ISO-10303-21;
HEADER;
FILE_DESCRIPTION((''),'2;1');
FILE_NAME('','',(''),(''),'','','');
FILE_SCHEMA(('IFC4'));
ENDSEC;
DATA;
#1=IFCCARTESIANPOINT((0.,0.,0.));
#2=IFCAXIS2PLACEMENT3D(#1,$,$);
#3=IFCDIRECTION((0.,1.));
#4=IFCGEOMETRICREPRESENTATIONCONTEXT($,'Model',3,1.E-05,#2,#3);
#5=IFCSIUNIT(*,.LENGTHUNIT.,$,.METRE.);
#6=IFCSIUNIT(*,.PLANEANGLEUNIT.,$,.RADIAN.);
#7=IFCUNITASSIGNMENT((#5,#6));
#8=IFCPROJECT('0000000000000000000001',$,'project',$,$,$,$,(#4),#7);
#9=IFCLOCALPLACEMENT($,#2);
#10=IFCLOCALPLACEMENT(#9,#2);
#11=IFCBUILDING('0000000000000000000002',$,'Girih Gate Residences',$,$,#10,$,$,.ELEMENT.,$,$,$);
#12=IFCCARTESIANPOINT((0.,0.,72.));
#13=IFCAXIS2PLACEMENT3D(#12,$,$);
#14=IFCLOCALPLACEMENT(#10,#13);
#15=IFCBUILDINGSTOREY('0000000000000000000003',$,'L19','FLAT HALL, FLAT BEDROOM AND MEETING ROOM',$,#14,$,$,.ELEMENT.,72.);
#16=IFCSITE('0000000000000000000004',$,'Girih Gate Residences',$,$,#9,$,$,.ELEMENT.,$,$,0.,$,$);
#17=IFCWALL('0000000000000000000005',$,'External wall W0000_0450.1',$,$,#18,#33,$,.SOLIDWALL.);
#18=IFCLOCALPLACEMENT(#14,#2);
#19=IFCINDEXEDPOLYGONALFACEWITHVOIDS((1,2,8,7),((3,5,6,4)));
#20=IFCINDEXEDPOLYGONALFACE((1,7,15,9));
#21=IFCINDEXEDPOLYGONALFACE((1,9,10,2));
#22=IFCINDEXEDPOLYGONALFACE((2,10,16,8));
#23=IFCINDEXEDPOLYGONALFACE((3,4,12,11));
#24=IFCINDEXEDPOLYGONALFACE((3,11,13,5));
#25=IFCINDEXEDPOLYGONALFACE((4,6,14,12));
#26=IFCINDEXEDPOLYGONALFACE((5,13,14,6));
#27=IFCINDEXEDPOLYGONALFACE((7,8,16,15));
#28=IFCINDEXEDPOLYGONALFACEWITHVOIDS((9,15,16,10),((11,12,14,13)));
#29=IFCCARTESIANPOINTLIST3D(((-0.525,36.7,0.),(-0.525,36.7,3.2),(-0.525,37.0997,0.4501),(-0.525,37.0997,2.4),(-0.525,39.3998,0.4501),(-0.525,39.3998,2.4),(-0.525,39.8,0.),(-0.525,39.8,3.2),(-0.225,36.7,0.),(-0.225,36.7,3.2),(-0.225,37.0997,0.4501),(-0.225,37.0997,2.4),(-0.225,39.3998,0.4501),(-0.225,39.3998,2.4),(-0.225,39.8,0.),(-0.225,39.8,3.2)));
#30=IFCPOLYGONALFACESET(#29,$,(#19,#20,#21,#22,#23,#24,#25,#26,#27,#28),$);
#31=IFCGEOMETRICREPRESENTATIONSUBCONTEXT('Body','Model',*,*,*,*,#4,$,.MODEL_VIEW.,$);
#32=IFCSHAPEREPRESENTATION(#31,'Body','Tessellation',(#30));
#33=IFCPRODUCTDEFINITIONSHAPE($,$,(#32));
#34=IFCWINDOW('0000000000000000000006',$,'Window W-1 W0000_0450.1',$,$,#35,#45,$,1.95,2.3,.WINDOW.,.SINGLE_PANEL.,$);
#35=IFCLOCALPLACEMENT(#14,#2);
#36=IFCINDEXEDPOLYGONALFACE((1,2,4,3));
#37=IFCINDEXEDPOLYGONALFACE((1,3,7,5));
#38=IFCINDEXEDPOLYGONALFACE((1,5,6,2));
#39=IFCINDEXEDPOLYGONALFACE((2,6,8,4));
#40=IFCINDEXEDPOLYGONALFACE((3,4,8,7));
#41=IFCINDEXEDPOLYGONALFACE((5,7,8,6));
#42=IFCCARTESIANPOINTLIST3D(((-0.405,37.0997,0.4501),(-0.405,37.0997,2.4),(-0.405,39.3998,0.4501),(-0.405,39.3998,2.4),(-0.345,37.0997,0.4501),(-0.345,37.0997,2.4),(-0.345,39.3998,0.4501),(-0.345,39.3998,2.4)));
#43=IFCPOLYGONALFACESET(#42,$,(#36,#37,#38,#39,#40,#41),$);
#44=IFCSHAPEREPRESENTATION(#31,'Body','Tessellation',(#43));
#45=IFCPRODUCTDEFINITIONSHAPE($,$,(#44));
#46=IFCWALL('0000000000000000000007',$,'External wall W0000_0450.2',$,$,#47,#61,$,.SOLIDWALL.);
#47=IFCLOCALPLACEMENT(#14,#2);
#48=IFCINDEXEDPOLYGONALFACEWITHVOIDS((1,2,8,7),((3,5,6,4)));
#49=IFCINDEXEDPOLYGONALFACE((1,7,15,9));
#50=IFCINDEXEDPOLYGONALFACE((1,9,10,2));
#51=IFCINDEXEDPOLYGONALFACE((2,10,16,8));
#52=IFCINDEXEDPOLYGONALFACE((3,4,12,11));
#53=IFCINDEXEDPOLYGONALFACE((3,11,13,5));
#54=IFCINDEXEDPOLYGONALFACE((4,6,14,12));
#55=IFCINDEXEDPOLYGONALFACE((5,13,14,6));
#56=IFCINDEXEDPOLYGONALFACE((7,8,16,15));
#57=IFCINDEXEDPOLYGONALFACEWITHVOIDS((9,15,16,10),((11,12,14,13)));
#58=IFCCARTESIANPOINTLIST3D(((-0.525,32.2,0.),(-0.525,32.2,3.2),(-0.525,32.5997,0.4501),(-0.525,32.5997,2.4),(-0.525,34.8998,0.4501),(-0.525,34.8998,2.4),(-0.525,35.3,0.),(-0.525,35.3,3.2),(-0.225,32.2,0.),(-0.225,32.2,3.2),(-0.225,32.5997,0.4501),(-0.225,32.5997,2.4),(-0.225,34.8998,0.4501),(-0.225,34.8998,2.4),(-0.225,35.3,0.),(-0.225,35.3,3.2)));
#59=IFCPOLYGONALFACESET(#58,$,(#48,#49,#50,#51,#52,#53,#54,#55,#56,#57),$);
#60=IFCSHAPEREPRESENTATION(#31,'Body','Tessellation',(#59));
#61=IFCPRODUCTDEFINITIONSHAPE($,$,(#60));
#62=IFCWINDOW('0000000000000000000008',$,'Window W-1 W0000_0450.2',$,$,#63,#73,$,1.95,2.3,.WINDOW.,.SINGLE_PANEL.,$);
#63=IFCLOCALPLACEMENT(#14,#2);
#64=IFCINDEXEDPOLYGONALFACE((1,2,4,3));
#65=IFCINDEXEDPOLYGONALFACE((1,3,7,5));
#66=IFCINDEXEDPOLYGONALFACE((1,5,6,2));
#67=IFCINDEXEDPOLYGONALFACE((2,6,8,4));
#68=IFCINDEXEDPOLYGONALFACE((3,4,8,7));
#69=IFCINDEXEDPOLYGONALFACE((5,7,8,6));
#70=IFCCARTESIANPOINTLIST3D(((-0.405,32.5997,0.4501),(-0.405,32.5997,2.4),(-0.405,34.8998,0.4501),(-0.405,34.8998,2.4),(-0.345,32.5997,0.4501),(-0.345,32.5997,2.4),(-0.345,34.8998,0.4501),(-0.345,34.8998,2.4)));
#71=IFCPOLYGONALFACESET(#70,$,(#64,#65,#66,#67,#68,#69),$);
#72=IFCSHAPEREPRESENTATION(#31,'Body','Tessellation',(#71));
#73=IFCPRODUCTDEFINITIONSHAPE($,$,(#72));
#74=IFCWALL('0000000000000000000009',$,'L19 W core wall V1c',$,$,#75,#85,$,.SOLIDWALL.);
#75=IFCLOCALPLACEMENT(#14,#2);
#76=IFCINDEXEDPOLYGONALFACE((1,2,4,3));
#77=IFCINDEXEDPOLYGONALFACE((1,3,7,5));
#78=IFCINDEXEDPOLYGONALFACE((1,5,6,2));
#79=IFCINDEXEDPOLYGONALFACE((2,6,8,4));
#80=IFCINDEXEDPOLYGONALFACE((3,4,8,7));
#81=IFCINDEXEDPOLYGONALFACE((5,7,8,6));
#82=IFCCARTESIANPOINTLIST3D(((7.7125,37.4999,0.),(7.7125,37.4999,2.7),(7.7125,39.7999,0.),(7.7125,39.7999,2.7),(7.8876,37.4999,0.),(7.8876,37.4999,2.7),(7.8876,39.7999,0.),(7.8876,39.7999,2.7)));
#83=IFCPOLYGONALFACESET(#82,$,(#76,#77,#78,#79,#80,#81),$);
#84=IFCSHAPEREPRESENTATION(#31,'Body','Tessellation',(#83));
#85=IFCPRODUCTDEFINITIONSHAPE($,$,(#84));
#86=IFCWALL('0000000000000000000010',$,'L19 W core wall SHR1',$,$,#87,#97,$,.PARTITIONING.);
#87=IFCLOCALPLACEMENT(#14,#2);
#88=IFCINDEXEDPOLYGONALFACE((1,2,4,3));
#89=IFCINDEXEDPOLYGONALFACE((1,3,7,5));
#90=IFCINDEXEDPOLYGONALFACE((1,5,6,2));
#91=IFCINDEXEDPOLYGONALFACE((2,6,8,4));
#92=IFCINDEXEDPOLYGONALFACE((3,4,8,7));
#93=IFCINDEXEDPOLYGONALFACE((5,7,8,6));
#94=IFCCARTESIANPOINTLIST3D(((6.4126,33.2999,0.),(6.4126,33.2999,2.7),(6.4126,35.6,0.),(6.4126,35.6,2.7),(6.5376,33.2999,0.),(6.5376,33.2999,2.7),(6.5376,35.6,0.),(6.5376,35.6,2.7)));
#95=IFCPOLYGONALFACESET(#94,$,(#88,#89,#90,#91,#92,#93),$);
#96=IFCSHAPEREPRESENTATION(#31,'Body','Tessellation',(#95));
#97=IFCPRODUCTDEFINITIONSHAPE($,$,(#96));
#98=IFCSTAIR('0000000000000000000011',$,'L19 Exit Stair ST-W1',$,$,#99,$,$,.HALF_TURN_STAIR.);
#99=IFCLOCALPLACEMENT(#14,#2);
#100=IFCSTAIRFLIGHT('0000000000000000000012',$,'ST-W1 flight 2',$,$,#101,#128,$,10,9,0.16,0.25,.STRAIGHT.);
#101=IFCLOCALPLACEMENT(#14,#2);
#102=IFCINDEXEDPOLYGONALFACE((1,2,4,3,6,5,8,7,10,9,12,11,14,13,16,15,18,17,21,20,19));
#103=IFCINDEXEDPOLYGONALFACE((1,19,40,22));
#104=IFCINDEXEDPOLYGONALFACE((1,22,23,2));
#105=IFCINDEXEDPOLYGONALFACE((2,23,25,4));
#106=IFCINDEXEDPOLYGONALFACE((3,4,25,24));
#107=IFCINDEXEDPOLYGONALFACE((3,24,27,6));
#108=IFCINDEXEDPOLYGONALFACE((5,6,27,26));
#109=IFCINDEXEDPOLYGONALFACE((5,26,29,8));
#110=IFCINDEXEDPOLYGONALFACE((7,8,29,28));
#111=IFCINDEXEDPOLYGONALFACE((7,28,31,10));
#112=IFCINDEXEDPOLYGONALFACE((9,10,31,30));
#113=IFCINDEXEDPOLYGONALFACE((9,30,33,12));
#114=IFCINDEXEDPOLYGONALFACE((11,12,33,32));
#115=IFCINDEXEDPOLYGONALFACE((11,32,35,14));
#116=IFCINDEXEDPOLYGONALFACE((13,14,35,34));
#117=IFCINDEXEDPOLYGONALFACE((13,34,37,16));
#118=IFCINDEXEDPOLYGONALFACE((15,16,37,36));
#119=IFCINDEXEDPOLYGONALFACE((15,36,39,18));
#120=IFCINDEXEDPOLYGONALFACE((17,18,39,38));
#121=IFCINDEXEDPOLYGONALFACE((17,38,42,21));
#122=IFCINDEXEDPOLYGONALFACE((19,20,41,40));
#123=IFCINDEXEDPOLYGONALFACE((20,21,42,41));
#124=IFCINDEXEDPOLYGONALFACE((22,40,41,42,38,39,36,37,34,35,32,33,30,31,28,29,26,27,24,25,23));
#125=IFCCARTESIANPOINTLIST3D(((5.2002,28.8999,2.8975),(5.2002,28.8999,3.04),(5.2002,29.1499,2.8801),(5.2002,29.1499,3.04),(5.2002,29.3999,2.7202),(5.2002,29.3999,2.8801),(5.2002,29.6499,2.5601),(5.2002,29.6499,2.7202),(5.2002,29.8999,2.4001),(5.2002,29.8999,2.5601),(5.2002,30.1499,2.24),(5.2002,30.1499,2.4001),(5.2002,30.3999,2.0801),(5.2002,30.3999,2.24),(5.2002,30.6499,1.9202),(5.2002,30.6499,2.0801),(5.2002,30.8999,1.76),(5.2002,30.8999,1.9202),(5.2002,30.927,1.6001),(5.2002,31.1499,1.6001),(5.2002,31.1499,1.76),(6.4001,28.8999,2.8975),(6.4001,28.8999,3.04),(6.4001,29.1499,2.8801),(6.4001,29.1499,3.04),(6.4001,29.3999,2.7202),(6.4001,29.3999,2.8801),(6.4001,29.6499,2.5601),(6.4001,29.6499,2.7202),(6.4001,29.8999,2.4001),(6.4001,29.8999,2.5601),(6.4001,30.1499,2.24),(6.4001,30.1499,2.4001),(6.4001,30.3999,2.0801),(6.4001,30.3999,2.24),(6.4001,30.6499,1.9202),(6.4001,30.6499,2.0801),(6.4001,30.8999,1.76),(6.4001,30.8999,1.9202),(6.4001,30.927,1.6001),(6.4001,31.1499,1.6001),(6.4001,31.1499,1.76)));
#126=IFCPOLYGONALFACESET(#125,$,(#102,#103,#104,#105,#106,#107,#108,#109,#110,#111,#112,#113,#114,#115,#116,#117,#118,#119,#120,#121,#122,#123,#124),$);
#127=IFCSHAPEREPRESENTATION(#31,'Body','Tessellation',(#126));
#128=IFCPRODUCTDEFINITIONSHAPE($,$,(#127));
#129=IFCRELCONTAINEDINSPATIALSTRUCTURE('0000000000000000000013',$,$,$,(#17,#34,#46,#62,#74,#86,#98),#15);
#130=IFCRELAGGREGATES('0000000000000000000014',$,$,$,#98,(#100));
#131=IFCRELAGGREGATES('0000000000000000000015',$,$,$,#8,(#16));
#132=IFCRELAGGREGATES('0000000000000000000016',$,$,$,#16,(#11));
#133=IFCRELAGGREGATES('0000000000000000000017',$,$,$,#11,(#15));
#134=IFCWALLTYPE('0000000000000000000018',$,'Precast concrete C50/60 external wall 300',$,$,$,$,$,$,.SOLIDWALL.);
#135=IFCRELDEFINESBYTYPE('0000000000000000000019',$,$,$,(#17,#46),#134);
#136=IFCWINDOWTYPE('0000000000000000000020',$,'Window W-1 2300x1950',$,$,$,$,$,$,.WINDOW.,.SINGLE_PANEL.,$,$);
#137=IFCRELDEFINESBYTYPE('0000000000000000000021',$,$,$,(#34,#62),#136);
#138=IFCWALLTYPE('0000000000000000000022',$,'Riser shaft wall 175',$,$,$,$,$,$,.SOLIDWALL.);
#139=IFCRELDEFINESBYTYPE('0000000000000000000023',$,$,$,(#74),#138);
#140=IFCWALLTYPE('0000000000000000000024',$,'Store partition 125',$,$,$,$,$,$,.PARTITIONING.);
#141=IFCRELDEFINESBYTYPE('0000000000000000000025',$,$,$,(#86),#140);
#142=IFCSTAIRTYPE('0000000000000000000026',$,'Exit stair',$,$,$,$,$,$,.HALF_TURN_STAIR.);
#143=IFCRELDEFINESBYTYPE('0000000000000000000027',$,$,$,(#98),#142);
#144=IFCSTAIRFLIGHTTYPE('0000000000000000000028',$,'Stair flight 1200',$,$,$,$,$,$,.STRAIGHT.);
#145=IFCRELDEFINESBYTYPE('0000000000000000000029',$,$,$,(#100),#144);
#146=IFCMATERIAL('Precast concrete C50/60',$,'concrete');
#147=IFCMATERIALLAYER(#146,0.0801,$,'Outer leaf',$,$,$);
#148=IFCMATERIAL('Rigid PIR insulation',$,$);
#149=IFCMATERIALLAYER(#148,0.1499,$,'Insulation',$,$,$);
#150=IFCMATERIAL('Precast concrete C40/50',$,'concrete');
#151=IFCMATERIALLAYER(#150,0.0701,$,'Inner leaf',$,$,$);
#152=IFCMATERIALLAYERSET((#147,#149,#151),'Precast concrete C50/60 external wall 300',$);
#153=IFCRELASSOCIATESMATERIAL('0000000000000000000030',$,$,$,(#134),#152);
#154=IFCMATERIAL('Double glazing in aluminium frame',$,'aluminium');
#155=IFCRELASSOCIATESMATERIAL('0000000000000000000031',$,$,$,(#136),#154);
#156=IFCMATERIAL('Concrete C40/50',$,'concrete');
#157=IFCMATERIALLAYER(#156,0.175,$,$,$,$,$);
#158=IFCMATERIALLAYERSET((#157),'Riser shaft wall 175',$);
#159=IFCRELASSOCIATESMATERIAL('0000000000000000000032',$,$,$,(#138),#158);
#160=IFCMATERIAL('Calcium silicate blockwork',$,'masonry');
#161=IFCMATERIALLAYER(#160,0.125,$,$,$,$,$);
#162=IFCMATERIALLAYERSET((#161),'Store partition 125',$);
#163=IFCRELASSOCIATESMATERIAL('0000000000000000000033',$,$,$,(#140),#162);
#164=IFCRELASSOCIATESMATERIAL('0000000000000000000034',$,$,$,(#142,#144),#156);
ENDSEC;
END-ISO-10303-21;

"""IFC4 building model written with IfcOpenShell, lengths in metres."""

from ifc_helpers import new_model, si_unit, direction, frame, frame_2d, origin, place, context, subcontext, project, spatial, polyline, rectangle, outline, extrude, material, layer, layer_set, type_object, element, fill, aggregate, save


model = new_model("IFC4")

# Units and contexts
model_context = context("Model", 3, precision=1e-05, world=origin(), true_north=direction((0.0, 1.0)))
body_context = subcontext(model_context, "Body", "Model", "MODEL_VIEW")
ifc_project = project(units=[si_unit("LENGTHUNIT", "METRE"), si_unit("PLANEANGLEUNIT", "RADIAN")], contexts=[model_context])

# Site, building, storey
site_placement = place(None, origin())
site = spatial("IfcSite", under=ifc_project, at=site_placement, Name="Girih Gate Residences", CompositionType="ELEMENT", RefElevation=0.0)
building_placement = place(site_placement, origin())
building = spatial("IfcBuilding", under=site, at=building_placement, Name="Girih Gate Residences", CompositionType="ELEMENT")
storey_placement = place(building_placement, frame((0.0, 0.0, 72.0)))
storey = spatial("IfcBuildingStorey", under=building, at=storey_placement, Name="L19", Description="FLAT HALL, FLAT BEDROOM AND MEETING ROOM", CompositionType="ELEMENT", Elevation=72.0)

# Shared definitions
ifc_material_1 = material(Name="Concrete C40/50", Category="concrete")

# Walls, openings, windows
ifc_material_2 = material(Name="Precast concrete C50/60", Category="concrete")
ifc_layer_1 = layer(ifc_material_2, 0.0801, Name="Outer leaf")
ifc_material_3 = material(Name="Rigid PIR insulation")
ifc_layer_2 = layer(ifc_material_3, 0.1499, Name="Insulation")
ifc_material_4 = material(Name="Precast concrete C40/50", Category="concrete")
ifc_layer_3 = layer(ifc_material_4, 0.0701, Name="Inner leaf")
ifc_layer_set_1 = layer_set([ifc_layer_1, ifc_layer_2, ifc_layer_3], Name="Precast concrete C50/60 external wall 300")
wall_type_1 = type_object("IfcWallType", Name="Precast concrete C50/60 external wall 300", PredefinedType="SOLIDWALL", material=ifc_layer_set_1)
wall_1_placement = place(storey_placement, frame((-0.375, 36.7, 0.0), z_axis=(0.0, 0.0, 1.0), x_axis=(0.0, 1.0, 0.0)))
wall_1 = element("IfcWall", 1, at=wall_1_placement, inside=storey, type_object=wall_type_1, Name="External wall W0000_0450.1", PredefinedType="SOLIDWALL", context=body_context, shape_type="SweptSolid", body=[
    extrude(rectangle(XDim=3.1001, YDim=0.3, at=frame_2d((1.55, 0.0))), origin(), (0.0, 0.0, 1.0), 3.2),
])
opening_1_placement = place(wall_1_placement, frame((0.3999, 0.0, 0.45)))
opening_1 = element("IfcOpeningElement", 2, at=opening_1_placement, cuts=wall_1, PredefinedType="OPENING", context=body_context, shape_type="SweptSolid", body=[
    extrude(rectangle(XDim=2.3, YDim=1.95, at=frame_2d((1.1499, 0.9751))), frame((0.0, 0.1599, 0.0), z_axis=(0.0, -1.0, 0.0), x_axis=(1.0, 0.0, 0.0)), (0.0, 0.0, 1.0), 0.3201),
])
ifc_material_5 = material(Name="Double glazing in aluminium frame", Category="aluminium")
window_type = type_object("IfcWindowType", Name="Window W-1 2300x1950", PartitioningType="SINGLE_PANEL", PredefinedType="WINDOW", material=ifc_material_5)
window_1_placement = place(opening_1_placement, origin())
window_1 = element("IfcWindow", 3, at=window_1_placement, inside=storey, type_object=window_type, Name="Window W-1 W0000_0450.1", OverallHeight=1.95, OverallWidth=2.3, PartitioningType="SINGLE_PANEL", PredefinedType="WINDOW", context=body_context, shape_type="SweptSolid", body=[
    extrude(rectangle(XDim=2.3, YDim=1.95, at=frame_2d((1.1499, 0.9751))), frame((0.0, 0.03, 0.0), z_axis=(0.0, -1.0, 0.0), x_axis=(1.0, 0.0, 0.0)), (0.0, 0.0, 1.0), 0.0601),
])
fill(opening_1, window_1)
wall_2_placement = place(storey_placement, frame((-0.375, 32.2, 0.0), z_axis=(0.0, 0.0, 1.0), x_axis=(0.0, 1.0, 0.0)))
wall_2 = element("IfcWall", 4, at=wall_2_placement, inside=storey, type_object=wall_type_1, Name="External wall W0000_0450.2", PredefinedType="SOLIDWALL", context=body_context, shape_type="SweptSolid", body=[
    extrude(rectangle(XDim=3.1001, YDim=0.3, at=frame_2d((1.55, 0.0))), origin(), (0.0, 0.0, 1.0), 3.2),
])
opening_2_placement = place(wall_2_placement, frame((0.3999, 0.0, 0.45)))
opening_2 = element("IfcOpeningElement", 5, at=opening_2_placement, cuts=wall_2, PredefinedType="OPENING", context=body_context, shape_type="SweptSolid", body=[
    extrude(rectangle(XDim=2.3, YDim=1.95, at=frame_2d((1.1499, 0.9751))), frame((0.0, 0.1599, 0.0), z_axis=(0.0, -1.0, 0.0), x_axis=(1.0, 0.0, 0.0)), (0.0, 0.0, 1.0), 0.3201),
])
window_2_placement = place(opening_2_placement, origin())
window_2 = element("IfcWindow", 6, at=window_2_placement, inside=storey, type_object=window_type, Name="Window W-1 W0000_0450.2", OverallHeight=1.95, OverallWidth=2.3, PartitioningType="SINGLE_PANEL", PredefinedType="WINDOW", context=body_context, shape_type="SweptSolid", body=[
    extrude(rectangle(XDim=2.3, YDim=1.95, at=frame_2d((1.1499, 0.9751))), frame((0.0, 0.03, 0.0), z_axis=(0.0, -1.0, 0.0), x_axis=(1.0, 0.0, 0.0)), (0.0, 0.0, 1.0), 0.0601),
])
fill(opening_2, window_2)

# Walls
ifc_layer_4 = layer(ifc_material_1, 0.175)
ifc_layer_set_2 = layer_set([ifc_layer_4], Name="Riser shaft wall 175")
wall_type_2 = type_object("IfcWallType", Name="Riser shaft wall 175", PredefinedType="SOLIDWALL", material=ifc_layer_set_2)
wall_3_placement = place(storey_placement, frame((7.8, 37.5, 0.0), z_axis=(0.0, 0.0, 1.0), x_axis=(0.0, 1.0, 0.0)))
element("IfcWall", 7, at=wall_3_placement, inside=storey, type_object=wall_type_2, Name="L19 W core wall V1c", PredefinedType="SOLIDWALL", context=body_context, shape_type="SweptSolid", body=[
    extrude(rectangle(XDim=2.3, YDim=0.175, at=frame_2d((1.1499, 0.0))), origin(), (0.0, 0.0, 1.0), 2.7),
])
ifc_material_6 = material(Name="Calcium silicate blockwork", Category="masonry")
ifc_layer_5 = layer(ifc_material_6, 0.125)
ifc_layer_set_3 = layer_set([ifc_layer_5], Name="Store partition 125")
wall_type_3 = type_object("IfcWallType", Name="Store partition 125", PredefinedType="PARTITIONING", material=ifc_layer_set_3)
wall_4_placement = place(storey_placement, frame((6.4751, 33.3, 0.0), z_axis=(0.0, 0.0, 1.0), x_axis=(0.0, 1.0, 0.0)))
element("IfcWall", 8, at=wall_4_placement, inside=storey, type_object=wall_type_3, Name="L19 W core wall SHR1", PredefinedType="PARTITIONING", context=body_context, shape_type="SweptSolid", body=[
    extrude(rectangle(XDim=2.3, YDim=0.125, at=frame_2d((1.1499, 0.0))), origin(), (0.0, 0.0, 1.0), 2.7),
])

# Stair, stair flight
stair_type = type_object("IfcStairType", Name="Exit stair", PredefinedType="HALF_TURN_STAIR", material=ifc_material_1)
stair_placement = place(storey_placement, origin())
stair = element("IfcStair", 9, at=stair_placement, inside=storey, type_object=stair_type, Name="L19 Exit Stair ST-W1", PredefinedType="HALF_TURN_STAIR")
stair_flight_type = type_object("IfcStairFlightType", Name="Stair flight 1200", PredefinedType="STRAIGHT", material=ifc_material_1)
stair_flight_placement = place(storey_placement, frame((5.8, 31.1499, 1.6001), z_axis=(0.0, 0.0, 1.0), x_axis=(0.0, -1.0, 0.0)))
stair_flight = element("IfcStairFlight", 10, at=stair_flight_placement, type_object=stair_flight_type, Name="ST-W1 flight 2", NumberOfRisers=10, NumberOfTreads=9, PredefinedType="STRAIGHT", RiserHeight=0.16, TreadLength=0.25, context=body_context, shape_type="SweptSolid", body=[
    extrude(outline(polyline([(0.0, 0.0), (0.0, 0.1599), (0.25, 0.1599), (0.25, 0.3201), (0.5, 0.3201), (0.5, 0.48), (0.75, 0.48), (0.75, 0.6399), (1.0, 0.6399), (1.0, 0.8), (1.25, 0.8), (1.25, 0.96), (1.5, 0.96), (1.5, 1.1201), (1.75, 1.1201), (1.75, 1.28), (2.0, 1.28), (2.0, 1.4399), (2.25, 1.4399), (2.25, 1.6001), (2.25, 1.2974), (0.2229, 0.0), (0.0, 0.0)])), frame((0.0, 0.6001, 0.0), z_axis=(0.0, -1.0, 0.0), x_axis=(1.0, 0.0, 0.0)), (0.0, 0.0, 1.0), 1.2),
])
aggregate(stair, [stair_flight])

save(model, "model.ifc")
